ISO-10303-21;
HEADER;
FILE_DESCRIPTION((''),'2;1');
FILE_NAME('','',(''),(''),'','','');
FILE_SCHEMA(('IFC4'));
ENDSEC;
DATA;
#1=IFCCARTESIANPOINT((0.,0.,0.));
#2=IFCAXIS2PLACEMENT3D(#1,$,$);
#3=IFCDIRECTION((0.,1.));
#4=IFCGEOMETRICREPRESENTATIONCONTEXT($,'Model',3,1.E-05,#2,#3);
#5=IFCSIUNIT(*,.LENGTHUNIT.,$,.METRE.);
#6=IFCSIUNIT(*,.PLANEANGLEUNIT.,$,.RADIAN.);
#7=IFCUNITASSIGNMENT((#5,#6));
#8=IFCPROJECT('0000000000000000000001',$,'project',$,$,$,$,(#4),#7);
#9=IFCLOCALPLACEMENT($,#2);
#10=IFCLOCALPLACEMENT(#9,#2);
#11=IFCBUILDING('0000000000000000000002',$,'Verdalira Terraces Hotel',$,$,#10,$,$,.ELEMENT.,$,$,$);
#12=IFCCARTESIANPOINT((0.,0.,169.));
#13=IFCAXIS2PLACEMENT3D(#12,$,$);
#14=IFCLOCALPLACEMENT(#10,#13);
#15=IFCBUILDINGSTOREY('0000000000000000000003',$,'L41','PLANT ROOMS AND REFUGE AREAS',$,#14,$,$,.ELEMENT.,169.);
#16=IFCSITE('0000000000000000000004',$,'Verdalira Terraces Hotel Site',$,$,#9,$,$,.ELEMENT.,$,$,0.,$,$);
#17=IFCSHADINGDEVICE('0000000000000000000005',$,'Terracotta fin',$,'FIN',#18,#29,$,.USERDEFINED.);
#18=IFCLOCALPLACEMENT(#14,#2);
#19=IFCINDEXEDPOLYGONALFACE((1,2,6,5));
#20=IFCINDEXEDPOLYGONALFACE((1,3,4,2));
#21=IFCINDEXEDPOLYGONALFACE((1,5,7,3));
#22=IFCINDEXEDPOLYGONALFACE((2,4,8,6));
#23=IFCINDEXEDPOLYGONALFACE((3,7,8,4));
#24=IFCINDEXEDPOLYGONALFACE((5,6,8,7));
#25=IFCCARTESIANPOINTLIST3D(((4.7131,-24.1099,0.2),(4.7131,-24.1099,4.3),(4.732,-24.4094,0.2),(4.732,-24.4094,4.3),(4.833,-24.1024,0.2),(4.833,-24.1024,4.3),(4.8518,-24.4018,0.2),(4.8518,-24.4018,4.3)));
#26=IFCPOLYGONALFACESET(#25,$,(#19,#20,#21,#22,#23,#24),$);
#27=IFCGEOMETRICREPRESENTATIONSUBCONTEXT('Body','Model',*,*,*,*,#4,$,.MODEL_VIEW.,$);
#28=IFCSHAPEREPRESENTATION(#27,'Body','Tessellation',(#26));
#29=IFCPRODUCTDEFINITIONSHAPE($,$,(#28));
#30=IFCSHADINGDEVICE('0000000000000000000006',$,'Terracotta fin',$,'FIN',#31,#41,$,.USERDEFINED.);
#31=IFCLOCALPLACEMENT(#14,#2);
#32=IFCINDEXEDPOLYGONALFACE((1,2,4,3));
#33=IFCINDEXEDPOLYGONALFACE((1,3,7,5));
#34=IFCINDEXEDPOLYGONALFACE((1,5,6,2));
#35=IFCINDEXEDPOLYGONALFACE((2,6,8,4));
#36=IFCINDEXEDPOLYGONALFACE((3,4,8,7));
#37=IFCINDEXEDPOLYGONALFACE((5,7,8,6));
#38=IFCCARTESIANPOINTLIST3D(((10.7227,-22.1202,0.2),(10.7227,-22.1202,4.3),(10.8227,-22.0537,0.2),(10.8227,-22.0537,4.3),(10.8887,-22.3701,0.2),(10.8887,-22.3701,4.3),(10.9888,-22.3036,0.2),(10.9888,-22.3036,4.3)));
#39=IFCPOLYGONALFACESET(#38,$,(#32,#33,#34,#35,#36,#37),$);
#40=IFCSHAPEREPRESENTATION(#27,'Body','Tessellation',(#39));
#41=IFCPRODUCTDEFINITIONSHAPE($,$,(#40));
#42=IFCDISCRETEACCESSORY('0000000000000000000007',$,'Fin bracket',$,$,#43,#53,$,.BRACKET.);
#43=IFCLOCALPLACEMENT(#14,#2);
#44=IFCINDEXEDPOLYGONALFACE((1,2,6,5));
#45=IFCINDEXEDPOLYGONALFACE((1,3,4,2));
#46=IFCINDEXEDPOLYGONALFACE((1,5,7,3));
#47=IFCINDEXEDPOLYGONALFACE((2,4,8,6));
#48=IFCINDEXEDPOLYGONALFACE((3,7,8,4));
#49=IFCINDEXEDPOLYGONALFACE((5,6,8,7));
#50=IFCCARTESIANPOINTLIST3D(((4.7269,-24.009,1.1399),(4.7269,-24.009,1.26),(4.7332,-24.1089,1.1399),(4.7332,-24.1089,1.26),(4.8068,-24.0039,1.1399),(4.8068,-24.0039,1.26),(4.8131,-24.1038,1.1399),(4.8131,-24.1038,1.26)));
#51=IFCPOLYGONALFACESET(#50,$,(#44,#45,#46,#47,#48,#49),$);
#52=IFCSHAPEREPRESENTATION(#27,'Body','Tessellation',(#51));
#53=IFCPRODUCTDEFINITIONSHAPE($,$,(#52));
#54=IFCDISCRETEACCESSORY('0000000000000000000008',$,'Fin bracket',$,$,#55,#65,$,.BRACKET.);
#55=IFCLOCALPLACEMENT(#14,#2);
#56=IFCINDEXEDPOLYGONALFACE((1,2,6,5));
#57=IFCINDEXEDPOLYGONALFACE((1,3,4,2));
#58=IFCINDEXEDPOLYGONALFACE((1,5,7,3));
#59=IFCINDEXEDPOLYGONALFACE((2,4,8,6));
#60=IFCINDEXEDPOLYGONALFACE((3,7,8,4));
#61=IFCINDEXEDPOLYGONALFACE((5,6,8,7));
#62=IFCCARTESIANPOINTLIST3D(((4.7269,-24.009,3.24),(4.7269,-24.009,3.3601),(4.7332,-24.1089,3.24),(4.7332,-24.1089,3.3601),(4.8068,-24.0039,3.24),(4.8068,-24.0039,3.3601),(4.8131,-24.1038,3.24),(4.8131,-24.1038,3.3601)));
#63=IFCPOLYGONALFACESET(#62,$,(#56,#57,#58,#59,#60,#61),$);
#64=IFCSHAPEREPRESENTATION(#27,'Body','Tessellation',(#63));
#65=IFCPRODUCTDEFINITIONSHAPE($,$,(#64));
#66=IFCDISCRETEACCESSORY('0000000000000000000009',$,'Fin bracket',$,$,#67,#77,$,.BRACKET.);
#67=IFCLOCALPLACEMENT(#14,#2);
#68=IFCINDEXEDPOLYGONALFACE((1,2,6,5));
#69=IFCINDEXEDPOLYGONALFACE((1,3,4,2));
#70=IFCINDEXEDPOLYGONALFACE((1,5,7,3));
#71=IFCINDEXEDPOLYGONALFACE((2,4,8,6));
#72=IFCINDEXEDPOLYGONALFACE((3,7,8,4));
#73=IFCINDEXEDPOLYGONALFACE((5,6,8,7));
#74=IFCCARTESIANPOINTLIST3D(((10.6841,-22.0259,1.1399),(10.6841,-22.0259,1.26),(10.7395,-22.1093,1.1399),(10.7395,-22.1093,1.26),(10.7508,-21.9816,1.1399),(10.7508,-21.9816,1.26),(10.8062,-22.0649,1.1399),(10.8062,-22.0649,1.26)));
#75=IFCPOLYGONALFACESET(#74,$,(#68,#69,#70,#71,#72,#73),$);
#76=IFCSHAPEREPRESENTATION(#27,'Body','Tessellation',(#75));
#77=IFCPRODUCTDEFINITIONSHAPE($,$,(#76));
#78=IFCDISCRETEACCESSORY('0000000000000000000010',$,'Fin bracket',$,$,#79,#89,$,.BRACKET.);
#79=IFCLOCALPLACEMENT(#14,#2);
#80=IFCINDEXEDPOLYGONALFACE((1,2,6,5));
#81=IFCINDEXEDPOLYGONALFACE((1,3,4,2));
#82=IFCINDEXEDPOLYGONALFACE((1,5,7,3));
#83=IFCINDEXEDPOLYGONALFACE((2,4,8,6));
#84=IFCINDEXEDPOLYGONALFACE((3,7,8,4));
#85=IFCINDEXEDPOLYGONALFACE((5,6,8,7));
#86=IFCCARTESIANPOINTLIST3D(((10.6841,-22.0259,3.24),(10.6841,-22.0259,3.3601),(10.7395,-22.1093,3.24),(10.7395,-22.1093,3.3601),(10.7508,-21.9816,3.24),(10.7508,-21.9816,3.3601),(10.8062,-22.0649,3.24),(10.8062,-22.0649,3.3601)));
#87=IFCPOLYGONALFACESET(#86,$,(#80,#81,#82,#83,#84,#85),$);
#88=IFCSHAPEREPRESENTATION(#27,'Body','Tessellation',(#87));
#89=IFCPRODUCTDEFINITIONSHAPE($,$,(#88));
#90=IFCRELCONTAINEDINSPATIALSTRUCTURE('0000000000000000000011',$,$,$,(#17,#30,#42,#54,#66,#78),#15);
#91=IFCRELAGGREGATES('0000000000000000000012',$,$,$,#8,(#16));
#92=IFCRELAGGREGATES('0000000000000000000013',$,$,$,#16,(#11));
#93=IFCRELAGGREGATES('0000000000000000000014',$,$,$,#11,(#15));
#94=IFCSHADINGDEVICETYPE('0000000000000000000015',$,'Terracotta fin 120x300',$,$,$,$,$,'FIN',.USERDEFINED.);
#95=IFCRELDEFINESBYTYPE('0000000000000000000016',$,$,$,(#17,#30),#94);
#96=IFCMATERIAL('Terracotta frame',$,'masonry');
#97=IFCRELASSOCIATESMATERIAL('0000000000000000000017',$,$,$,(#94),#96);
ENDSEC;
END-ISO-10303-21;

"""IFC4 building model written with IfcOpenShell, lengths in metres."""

from ifc_helpers import new_model, si_unit, direction, frame, origin, origin_2d, place, context, subcontext, project, spatial, rectangle, extrude, material, material_profile, profile_set, type_object, element, save


model = new_model("IFC4")

# Units and contexts
model_context = context("Model", 3, precision=1e-05, world=origin(), true_north=direction((0.0, 1.0)))
body_context = subcontext(model_context, "Body", "Model", "MODEL_VIEW")
ifc_project = project(units=[si_unit("LENGTHUNIT", "METRE"), si_unit("PLANEANGLEUNIT", "RADIAN")], contexts=[model_context])

# Site, building, storey
site_placement = place(None, origin())
site = spatial("IfcSite", under=ifc_project, at=site_placement, Name="Verdalira Terraces Hotel Site", CompositionType="ELEMENT", RefElevation=0.0)
building_placement = place(site_placement, origin())
building = spatial("IfcBuilding", under=site, at=building_placement, Name="Verdalira Terraces Hotel", CompositionType="ELEMENT")
storey_placement = place(building_placement, frame((0.0, 0.0, 169.0)))
storey = spatial("IfcBuildingStorey", under=building, at=storey_placement, Name="L41", Description="PLANT ROOMS AND REFUGE AREAS", CompositionType="ELEMENT", Elevation=169.0)

# Shading devices
ifc_material_1 = material(Name="Terracotta frame", Category="masonry")
ifc_material_profile_1 = material_profile(ifc_material_1, rectangle(XDim=0.1201, YDim=0.3, at=origin_2d()), Name="FIN 120x300")
ifc_profile_set_1 = profile_set([ifc_material_profile_1], Name="Terracotta frame")
shading_device_type = type_object("IfcShadingDeviceType", Name="Terracotta fin 120x300", ElementType="FIN", PredefinedType="USERDEFINED", material=ifc_profile_set_1)
for number, where, z_axis, x_axis, name in (
    (1, (4.7825, -24.2559, 0.2), (0.0, 0.0, 1.0), (0.998027, 0.062791, 0.0), "Terracotta fin"),
    (2, (10.8557, -22.2119, 0.2), (0.0, 0.0, 1.0), (0.832921, 0.553392, 0.0), "Terracotta fin"),
):
    element("IfcShadingDevice", number, at=place(storey_placement, frame(where, z_axis=z_axis, x_axis=x_axis)), inside=storey, type_object=shading_device_type, Name=name, ObjectType="FIN", PredefinedType="USERDEFINED", context=body_context, shape_type="SweptSolid", body=[
        extrude(rectangle(XDim=0.1201, YDim=0.3, at=origin_2d()), origin(), (0.0, 0.0, 1.0), 4.1001),
    ])

# Discrete accessories
for number, where, z_axis, x_axis, name in (
    (3, (4.77, -24.0564, 1.1399), (0.0, 0.0, 1.0), (0.998027, 0.062791, 0.0), "Fin bracket"),
    (4, (4.77, -24.0564, 3.24), (0.0, 0.0, 1.0), (0.998027, 0.062791, 0.0), "Fin bracket"),
    (5, (10.7451, -22.0454, 1.1399), (0.0, 0.0, 1.0), (0.832921, 0.553392, 0.0), "Fin bracket"),
    (6, (10.7451, -22.0454, 3.24), (0.0, 0.0, 1.0), (0.832921, 0.553392, 0.0), "Fin bracket"),
):
    element("IfcDiscreteAccessory", number, at=place(storey_placement, frame(where, z_axis=z_axis, x_axis=x_axis)), inside=storey, Name=name, PredefinedType="BRACKET", context=body_context, shape_type="SweptSolid", body=[
        extrude(rectangle(XDim=0.0801, YDim=0.1001, at=origin_2d()), origin(), (0.0, 0.0, 1.0), 0.1201),
    ])

save(model, "model.ifc")
